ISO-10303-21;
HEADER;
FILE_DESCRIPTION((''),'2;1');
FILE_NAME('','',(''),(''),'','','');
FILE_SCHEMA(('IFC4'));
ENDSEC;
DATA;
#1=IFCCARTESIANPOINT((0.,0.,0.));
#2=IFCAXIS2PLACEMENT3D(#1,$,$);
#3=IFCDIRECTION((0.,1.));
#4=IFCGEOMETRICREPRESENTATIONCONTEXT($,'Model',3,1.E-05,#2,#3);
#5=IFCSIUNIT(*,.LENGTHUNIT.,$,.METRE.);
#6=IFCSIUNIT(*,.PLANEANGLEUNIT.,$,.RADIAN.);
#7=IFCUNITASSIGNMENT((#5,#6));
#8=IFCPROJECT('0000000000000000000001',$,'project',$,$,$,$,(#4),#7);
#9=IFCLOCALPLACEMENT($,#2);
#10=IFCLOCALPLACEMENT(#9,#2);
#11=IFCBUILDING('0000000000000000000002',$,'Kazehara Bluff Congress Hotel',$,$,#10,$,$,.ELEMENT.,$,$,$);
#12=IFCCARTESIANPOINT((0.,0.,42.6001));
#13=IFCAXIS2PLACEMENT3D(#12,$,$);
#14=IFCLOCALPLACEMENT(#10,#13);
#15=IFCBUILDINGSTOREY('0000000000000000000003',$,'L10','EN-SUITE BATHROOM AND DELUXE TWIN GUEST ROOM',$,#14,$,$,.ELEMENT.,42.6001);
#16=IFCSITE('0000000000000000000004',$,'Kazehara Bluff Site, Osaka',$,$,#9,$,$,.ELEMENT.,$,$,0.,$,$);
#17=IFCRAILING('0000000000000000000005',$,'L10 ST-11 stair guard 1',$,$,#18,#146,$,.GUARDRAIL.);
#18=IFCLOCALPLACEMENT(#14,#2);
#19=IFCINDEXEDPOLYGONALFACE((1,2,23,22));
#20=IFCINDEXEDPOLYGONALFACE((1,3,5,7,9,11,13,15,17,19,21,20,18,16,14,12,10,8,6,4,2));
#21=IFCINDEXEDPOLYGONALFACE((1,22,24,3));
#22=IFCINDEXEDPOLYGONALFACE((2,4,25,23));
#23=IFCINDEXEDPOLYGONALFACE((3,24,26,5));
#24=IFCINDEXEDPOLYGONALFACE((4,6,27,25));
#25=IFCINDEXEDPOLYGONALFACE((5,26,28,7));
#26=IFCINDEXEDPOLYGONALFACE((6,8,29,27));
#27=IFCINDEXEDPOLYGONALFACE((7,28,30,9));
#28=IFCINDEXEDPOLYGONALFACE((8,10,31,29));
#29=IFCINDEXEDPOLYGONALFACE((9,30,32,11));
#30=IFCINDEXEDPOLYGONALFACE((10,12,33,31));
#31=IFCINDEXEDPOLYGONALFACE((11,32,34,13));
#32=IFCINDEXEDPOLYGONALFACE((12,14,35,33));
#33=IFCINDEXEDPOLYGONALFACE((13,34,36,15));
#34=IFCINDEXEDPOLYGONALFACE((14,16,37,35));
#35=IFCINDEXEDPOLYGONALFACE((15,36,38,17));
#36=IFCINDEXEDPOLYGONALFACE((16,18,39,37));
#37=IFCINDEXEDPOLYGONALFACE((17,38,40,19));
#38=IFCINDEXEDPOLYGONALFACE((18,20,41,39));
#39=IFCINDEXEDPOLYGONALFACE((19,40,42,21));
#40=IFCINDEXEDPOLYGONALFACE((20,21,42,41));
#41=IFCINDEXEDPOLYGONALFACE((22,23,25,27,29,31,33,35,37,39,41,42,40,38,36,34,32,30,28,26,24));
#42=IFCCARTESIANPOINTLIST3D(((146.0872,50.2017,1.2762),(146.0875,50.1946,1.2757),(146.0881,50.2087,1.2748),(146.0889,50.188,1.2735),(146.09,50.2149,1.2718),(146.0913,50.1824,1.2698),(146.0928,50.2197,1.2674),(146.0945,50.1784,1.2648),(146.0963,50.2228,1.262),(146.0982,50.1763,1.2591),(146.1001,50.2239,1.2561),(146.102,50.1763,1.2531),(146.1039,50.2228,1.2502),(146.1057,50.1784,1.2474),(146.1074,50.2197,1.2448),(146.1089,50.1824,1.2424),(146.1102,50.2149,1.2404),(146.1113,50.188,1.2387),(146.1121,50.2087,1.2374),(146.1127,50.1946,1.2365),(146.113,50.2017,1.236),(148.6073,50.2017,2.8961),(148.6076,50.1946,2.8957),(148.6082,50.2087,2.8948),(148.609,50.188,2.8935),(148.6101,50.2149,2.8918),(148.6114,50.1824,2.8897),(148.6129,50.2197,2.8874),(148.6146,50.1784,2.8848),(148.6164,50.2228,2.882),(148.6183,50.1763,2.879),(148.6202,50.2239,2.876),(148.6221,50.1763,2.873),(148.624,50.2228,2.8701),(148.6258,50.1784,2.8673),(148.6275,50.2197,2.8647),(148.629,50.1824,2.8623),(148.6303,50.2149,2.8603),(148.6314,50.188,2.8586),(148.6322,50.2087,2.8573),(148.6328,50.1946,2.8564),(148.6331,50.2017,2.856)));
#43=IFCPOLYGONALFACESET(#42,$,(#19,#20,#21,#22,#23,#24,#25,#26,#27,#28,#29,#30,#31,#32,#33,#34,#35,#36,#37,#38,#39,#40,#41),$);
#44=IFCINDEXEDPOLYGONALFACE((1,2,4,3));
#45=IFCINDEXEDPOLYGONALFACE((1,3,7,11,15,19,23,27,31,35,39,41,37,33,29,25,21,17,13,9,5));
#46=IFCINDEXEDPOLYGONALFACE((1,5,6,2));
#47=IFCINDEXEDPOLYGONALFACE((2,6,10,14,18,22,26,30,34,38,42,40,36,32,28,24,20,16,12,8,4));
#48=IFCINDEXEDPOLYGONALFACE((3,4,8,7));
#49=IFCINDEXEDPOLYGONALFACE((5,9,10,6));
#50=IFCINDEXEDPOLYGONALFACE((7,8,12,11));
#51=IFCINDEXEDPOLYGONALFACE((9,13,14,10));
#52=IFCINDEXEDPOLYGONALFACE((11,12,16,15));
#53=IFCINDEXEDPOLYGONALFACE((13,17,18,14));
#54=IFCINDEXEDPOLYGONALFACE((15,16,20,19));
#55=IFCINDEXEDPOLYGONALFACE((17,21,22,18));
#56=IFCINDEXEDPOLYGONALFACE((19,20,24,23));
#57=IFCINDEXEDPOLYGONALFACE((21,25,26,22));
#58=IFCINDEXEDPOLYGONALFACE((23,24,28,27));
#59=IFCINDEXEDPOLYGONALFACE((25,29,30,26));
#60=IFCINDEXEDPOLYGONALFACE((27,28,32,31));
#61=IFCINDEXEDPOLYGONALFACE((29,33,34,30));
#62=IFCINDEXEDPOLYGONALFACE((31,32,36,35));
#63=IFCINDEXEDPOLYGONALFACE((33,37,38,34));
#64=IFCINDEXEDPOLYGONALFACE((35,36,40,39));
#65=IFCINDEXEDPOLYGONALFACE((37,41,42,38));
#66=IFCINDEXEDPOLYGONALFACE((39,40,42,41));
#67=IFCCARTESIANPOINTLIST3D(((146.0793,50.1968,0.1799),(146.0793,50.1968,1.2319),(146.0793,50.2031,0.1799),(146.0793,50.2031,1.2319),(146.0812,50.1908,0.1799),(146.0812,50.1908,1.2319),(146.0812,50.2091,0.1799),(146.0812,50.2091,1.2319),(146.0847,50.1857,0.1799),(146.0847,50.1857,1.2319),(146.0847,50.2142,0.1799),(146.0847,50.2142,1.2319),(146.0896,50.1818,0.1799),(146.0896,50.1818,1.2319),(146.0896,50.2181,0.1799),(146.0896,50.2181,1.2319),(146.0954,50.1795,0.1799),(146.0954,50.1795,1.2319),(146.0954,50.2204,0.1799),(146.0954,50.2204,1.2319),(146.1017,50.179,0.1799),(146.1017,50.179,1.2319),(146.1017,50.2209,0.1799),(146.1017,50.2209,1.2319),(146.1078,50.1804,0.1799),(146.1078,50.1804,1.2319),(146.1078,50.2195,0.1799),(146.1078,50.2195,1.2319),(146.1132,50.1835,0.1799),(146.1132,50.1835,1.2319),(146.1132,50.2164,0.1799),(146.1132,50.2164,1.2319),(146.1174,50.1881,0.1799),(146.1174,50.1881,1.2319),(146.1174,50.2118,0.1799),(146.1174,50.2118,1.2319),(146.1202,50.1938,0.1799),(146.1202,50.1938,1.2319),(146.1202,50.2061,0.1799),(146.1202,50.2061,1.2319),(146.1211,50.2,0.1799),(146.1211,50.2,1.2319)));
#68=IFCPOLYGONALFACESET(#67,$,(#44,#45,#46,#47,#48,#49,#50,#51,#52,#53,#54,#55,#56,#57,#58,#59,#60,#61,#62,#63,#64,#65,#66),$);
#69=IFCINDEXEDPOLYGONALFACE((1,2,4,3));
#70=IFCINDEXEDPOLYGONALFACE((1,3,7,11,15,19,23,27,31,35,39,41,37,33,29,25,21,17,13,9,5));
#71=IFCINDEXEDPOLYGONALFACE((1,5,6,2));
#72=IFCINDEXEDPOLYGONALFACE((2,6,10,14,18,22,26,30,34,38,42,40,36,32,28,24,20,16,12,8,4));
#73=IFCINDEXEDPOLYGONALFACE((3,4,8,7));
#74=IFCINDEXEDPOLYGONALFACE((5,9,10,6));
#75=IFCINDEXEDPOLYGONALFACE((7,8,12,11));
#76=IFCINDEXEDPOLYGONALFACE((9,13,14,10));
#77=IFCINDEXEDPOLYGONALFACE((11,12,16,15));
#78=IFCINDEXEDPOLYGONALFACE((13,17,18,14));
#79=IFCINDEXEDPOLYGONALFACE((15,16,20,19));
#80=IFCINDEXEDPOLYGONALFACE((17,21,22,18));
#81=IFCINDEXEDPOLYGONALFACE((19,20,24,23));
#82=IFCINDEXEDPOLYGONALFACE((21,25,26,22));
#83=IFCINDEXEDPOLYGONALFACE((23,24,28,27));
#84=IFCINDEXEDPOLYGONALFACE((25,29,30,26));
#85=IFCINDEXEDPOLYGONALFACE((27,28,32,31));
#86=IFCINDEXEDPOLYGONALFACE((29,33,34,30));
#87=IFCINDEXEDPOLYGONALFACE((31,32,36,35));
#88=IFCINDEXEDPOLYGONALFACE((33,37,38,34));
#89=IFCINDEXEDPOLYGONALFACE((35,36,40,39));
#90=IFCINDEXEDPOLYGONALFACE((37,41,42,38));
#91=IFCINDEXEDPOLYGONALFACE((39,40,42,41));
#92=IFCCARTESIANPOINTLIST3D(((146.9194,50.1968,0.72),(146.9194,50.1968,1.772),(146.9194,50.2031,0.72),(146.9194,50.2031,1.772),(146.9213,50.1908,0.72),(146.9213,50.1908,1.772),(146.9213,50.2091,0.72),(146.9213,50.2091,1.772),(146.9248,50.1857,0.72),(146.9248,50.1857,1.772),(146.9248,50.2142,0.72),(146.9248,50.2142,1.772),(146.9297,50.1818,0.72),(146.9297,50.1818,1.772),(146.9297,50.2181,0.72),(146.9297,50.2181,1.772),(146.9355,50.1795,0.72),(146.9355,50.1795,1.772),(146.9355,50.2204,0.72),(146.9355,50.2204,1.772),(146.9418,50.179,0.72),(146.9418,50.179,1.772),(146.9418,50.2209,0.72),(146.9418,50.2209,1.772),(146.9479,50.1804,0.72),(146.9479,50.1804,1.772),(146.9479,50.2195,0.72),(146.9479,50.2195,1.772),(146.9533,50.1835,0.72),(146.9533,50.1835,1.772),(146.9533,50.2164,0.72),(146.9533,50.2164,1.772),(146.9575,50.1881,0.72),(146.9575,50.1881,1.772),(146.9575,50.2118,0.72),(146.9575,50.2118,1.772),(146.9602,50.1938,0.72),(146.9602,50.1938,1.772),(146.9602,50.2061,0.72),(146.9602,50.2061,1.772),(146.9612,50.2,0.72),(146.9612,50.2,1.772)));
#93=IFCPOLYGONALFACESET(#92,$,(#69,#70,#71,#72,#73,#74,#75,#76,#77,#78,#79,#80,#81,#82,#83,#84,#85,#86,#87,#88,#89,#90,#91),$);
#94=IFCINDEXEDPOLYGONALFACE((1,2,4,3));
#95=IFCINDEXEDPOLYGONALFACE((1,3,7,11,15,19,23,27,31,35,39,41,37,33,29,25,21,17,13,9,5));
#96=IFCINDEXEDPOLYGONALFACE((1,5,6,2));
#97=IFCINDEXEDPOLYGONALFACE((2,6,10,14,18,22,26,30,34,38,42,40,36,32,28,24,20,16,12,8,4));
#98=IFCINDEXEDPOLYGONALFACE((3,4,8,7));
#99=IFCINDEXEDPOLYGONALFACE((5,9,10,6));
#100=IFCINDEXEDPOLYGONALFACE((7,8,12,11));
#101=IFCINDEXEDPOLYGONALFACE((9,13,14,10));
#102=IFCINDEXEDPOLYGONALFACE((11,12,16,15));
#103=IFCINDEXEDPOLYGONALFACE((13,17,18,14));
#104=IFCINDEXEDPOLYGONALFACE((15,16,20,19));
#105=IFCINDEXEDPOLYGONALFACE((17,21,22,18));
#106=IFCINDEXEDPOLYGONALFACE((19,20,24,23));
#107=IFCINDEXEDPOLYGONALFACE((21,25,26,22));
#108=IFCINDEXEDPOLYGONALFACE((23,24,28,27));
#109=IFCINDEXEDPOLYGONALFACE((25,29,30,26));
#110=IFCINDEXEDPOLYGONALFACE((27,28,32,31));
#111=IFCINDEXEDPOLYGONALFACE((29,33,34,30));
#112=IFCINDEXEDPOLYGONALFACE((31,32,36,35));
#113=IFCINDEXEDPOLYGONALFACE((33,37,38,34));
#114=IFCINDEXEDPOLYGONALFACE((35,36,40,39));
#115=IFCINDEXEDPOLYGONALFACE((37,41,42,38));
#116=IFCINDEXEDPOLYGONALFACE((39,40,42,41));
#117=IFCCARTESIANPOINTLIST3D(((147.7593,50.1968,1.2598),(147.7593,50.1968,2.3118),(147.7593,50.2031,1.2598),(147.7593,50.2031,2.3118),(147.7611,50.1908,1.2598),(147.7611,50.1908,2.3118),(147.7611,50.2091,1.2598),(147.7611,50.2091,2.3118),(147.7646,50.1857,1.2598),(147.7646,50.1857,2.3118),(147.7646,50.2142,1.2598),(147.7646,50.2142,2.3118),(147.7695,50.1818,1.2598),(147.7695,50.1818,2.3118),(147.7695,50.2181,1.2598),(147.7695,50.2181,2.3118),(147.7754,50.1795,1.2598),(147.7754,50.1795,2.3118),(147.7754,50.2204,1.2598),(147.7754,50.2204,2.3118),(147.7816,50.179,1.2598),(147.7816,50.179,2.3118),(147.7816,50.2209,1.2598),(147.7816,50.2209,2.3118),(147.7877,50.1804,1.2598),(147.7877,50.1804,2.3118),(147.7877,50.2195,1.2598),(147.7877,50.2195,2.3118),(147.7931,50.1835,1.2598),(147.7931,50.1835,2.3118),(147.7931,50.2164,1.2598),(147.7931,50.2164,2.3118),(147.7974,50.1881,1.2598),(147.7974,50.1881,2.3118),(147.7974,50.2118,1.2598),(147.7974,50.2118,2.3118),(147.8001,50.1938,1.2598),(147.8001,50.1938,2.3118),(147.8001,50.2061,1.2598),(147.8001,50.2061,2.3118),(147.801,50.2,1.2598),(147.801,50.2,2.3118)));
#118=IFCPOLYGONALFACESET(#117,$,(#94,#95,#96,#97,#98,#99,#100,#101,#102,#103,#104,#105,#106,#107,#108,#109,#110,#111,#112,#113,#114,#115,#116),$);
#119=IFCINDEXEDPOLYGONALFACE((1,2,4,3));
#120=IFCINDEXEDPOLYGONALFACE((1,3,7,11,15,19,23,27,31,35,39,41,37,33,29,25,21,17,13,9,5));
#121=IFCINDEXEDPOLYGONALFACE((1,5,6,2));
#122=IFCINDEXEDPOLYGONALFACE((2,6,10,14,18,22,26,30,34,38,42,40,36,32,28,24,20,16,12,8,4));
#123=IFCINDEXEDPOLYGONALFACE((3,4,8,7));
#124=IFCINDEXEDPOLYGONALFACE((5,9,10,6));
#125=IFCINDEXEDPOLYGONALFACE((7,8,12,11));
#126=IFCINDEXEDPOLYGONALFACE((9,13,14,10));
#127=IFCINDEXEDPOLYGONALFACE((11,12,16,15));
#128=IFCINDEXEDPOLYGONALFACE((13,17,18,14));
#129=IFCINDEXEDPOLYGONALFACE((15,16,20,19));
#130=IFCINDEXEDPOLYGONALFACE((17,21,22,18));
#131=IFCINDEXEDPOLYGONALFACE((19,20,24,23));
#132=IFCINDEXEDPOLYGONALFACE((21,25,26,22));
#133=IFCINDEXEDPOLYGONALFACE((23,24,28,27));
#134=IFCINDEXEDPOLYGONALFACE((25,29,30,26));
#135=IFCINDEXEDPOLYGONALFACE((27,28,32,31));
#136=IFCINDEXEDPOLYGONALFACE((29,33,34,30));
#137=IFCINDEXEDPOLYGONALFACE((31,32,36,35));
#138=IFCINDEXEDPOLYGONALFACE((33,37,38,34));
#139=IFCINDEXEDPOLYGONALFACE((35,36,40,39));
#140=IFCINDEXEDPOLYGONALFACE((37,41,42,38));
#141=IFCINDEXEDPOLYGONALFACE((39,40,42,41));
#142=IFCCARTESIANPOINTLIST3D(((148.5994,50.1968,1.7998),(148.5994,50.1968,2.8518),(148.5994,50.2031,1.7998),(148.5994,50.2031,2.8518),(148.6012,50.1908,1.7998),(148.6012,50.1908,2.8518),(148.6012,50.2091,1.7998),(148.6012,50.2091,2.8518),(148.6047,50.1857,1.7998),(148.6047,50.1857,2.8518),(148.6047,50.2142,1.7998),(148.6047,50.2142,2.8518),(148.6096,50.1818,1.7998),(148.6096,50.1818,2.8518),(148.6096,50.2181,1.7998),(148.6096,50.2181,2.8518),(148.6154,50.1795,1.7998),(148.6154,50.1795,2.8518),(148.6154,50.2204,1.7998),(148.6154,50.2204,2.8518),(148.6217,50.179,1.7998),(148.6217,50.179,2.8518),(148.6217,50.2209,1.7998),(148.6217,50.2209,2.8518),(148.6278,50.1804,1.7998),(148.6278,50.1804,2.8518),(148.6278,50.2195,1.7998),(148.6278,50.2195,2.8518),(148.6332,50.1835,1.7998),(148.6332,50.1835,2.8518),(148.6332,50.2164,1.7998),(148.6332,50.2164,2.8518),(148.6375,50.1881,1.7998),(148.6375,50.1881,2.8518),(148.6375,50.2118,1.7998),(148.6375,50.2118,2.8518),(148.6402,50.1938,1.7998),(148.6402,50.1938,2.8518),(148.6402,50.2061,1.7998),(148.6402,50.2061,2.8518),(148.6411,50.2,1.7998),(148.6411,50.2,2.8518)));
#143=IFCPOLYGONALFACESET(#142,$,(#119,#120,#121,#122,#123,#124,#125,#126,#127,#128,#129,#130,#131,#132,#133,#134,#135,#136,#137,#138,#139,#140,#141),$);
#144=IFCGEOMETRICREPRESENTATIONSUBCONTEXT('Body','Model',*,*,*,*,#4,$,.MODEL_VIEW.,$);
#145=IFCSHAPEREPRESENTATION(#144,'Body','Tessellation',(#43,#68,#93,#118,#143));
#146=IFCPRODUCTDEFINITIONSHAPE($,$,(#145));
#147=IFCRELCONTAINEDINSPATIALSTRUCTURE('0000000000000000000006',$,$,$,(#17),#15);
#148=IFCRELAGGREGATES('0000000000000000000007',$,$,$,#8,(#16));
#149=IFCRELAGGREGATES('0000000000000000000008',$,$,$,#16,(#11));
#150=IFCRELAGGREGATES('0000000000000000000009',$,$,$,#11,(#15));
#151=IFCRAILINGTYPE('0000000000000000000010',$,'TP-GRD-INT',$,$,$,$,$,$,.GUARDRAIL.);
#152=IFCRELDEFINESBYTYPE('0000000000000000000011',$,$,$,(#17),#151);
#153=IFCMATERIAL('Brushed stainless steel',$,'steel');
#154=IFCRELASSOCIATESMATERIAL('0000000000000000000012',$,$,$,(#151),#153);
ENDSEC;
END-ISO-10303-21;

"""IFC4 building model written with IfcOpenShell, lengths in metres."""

from ifc_helpers import new_model, si_unit, direction, frame, origin, origin_2d, place, context, subcontext, project, spatial, circle, extrude, material, type_object, element, save


model = new_model("IFC4")

# Units and contexts
model_context = context("Model", 3, precision=1e-05, world=origin(), true_north=direction((0.0, 1.0)))
body_context = subcontext(model_context, "Body", "Model", "MODEL_VIEW")
ifc_project = project(units=[si_unit("LENGTHUNIT", "METRE"), si_unit("PLANEANGLEUNIT", "RADIAN")], contexts=[model_context])

# Site, building, storey
site_placement = place(None, origin())
site = spatial("IfcSite", under=ifc_project, at=site_placement, Name="Kazehara Bluff Site, Osaka", CompositionType="ELEMENT", RefElevation=0.0)
building_placement = place(site_placement, origin())
building = spatial("IfcBuilding", under=site, at=building_placement, Name="Kazehara Bluff Congress Hotel", CompositionType="ELEMENT")
storey_placement = place(building_placement, frame((0.0, 0.0, 42.6001)))
storey = spatial("IfcBuildingStorey", under=building, at=storey_placement, Name="L10", Description="EN-SUITE BATHROOM AND DELUXE TWIN GUEST ROOM", CompositionType="ELEMENT", Elevation=42.6001)

# Railing
ifc_material_1 = material(Name="Brushed stainless steel", Category="steel")
railing_type_1 = type_object("IfcRailingType", Name="TP-GRD-INT", PredefinedType="GUARDRAIL", material=ifc_material_1)
railing_1_placement = place(storey_placement, frame((146.1001, 50.2, 0.1799)))
element("IfcRailing", 1, at=railing_1_placement, inside=storey, type_object=railing_type_1, Name="L10 ST-11 stair guard 1", PredefinedType="GUARDRAIL", context=body_context, shape_type="SweptSolid", body=[
    extrude(circle(Radius=0.0239, at=origin_2d()), frame((0.0, 0.0, 1.0762), z_axis=(0.8412, 0.0, 0.540725), x_axis=(0.0, 1.0, 0.0)), (0.0, 0.0, 1.0), 2.9958),
    extrude(circle(Radius=0.021, at=origin_2d()), origin(), (0.0, 0.0, 1.0), 1.052),
    extrude(circle(Radius=0.021, at=origin_2d()), frame((0.8401, 0.0, 0.54)), (0.0, 0.0, 1.0), 1.052),
    extrude(circle(Radius=0.021, at=origin_2d()), frame((1.6799, 0.0, 1.0798)), (0.0, 0.0, 1.0), 1.052),
    extrude(circle(Radius=0.021, at=origin_2d()), frame((2.52, 0.0, 1.6199)), (0.0, 0.0, 1.0), 1.052),
])

save(model, "model.ifc")
